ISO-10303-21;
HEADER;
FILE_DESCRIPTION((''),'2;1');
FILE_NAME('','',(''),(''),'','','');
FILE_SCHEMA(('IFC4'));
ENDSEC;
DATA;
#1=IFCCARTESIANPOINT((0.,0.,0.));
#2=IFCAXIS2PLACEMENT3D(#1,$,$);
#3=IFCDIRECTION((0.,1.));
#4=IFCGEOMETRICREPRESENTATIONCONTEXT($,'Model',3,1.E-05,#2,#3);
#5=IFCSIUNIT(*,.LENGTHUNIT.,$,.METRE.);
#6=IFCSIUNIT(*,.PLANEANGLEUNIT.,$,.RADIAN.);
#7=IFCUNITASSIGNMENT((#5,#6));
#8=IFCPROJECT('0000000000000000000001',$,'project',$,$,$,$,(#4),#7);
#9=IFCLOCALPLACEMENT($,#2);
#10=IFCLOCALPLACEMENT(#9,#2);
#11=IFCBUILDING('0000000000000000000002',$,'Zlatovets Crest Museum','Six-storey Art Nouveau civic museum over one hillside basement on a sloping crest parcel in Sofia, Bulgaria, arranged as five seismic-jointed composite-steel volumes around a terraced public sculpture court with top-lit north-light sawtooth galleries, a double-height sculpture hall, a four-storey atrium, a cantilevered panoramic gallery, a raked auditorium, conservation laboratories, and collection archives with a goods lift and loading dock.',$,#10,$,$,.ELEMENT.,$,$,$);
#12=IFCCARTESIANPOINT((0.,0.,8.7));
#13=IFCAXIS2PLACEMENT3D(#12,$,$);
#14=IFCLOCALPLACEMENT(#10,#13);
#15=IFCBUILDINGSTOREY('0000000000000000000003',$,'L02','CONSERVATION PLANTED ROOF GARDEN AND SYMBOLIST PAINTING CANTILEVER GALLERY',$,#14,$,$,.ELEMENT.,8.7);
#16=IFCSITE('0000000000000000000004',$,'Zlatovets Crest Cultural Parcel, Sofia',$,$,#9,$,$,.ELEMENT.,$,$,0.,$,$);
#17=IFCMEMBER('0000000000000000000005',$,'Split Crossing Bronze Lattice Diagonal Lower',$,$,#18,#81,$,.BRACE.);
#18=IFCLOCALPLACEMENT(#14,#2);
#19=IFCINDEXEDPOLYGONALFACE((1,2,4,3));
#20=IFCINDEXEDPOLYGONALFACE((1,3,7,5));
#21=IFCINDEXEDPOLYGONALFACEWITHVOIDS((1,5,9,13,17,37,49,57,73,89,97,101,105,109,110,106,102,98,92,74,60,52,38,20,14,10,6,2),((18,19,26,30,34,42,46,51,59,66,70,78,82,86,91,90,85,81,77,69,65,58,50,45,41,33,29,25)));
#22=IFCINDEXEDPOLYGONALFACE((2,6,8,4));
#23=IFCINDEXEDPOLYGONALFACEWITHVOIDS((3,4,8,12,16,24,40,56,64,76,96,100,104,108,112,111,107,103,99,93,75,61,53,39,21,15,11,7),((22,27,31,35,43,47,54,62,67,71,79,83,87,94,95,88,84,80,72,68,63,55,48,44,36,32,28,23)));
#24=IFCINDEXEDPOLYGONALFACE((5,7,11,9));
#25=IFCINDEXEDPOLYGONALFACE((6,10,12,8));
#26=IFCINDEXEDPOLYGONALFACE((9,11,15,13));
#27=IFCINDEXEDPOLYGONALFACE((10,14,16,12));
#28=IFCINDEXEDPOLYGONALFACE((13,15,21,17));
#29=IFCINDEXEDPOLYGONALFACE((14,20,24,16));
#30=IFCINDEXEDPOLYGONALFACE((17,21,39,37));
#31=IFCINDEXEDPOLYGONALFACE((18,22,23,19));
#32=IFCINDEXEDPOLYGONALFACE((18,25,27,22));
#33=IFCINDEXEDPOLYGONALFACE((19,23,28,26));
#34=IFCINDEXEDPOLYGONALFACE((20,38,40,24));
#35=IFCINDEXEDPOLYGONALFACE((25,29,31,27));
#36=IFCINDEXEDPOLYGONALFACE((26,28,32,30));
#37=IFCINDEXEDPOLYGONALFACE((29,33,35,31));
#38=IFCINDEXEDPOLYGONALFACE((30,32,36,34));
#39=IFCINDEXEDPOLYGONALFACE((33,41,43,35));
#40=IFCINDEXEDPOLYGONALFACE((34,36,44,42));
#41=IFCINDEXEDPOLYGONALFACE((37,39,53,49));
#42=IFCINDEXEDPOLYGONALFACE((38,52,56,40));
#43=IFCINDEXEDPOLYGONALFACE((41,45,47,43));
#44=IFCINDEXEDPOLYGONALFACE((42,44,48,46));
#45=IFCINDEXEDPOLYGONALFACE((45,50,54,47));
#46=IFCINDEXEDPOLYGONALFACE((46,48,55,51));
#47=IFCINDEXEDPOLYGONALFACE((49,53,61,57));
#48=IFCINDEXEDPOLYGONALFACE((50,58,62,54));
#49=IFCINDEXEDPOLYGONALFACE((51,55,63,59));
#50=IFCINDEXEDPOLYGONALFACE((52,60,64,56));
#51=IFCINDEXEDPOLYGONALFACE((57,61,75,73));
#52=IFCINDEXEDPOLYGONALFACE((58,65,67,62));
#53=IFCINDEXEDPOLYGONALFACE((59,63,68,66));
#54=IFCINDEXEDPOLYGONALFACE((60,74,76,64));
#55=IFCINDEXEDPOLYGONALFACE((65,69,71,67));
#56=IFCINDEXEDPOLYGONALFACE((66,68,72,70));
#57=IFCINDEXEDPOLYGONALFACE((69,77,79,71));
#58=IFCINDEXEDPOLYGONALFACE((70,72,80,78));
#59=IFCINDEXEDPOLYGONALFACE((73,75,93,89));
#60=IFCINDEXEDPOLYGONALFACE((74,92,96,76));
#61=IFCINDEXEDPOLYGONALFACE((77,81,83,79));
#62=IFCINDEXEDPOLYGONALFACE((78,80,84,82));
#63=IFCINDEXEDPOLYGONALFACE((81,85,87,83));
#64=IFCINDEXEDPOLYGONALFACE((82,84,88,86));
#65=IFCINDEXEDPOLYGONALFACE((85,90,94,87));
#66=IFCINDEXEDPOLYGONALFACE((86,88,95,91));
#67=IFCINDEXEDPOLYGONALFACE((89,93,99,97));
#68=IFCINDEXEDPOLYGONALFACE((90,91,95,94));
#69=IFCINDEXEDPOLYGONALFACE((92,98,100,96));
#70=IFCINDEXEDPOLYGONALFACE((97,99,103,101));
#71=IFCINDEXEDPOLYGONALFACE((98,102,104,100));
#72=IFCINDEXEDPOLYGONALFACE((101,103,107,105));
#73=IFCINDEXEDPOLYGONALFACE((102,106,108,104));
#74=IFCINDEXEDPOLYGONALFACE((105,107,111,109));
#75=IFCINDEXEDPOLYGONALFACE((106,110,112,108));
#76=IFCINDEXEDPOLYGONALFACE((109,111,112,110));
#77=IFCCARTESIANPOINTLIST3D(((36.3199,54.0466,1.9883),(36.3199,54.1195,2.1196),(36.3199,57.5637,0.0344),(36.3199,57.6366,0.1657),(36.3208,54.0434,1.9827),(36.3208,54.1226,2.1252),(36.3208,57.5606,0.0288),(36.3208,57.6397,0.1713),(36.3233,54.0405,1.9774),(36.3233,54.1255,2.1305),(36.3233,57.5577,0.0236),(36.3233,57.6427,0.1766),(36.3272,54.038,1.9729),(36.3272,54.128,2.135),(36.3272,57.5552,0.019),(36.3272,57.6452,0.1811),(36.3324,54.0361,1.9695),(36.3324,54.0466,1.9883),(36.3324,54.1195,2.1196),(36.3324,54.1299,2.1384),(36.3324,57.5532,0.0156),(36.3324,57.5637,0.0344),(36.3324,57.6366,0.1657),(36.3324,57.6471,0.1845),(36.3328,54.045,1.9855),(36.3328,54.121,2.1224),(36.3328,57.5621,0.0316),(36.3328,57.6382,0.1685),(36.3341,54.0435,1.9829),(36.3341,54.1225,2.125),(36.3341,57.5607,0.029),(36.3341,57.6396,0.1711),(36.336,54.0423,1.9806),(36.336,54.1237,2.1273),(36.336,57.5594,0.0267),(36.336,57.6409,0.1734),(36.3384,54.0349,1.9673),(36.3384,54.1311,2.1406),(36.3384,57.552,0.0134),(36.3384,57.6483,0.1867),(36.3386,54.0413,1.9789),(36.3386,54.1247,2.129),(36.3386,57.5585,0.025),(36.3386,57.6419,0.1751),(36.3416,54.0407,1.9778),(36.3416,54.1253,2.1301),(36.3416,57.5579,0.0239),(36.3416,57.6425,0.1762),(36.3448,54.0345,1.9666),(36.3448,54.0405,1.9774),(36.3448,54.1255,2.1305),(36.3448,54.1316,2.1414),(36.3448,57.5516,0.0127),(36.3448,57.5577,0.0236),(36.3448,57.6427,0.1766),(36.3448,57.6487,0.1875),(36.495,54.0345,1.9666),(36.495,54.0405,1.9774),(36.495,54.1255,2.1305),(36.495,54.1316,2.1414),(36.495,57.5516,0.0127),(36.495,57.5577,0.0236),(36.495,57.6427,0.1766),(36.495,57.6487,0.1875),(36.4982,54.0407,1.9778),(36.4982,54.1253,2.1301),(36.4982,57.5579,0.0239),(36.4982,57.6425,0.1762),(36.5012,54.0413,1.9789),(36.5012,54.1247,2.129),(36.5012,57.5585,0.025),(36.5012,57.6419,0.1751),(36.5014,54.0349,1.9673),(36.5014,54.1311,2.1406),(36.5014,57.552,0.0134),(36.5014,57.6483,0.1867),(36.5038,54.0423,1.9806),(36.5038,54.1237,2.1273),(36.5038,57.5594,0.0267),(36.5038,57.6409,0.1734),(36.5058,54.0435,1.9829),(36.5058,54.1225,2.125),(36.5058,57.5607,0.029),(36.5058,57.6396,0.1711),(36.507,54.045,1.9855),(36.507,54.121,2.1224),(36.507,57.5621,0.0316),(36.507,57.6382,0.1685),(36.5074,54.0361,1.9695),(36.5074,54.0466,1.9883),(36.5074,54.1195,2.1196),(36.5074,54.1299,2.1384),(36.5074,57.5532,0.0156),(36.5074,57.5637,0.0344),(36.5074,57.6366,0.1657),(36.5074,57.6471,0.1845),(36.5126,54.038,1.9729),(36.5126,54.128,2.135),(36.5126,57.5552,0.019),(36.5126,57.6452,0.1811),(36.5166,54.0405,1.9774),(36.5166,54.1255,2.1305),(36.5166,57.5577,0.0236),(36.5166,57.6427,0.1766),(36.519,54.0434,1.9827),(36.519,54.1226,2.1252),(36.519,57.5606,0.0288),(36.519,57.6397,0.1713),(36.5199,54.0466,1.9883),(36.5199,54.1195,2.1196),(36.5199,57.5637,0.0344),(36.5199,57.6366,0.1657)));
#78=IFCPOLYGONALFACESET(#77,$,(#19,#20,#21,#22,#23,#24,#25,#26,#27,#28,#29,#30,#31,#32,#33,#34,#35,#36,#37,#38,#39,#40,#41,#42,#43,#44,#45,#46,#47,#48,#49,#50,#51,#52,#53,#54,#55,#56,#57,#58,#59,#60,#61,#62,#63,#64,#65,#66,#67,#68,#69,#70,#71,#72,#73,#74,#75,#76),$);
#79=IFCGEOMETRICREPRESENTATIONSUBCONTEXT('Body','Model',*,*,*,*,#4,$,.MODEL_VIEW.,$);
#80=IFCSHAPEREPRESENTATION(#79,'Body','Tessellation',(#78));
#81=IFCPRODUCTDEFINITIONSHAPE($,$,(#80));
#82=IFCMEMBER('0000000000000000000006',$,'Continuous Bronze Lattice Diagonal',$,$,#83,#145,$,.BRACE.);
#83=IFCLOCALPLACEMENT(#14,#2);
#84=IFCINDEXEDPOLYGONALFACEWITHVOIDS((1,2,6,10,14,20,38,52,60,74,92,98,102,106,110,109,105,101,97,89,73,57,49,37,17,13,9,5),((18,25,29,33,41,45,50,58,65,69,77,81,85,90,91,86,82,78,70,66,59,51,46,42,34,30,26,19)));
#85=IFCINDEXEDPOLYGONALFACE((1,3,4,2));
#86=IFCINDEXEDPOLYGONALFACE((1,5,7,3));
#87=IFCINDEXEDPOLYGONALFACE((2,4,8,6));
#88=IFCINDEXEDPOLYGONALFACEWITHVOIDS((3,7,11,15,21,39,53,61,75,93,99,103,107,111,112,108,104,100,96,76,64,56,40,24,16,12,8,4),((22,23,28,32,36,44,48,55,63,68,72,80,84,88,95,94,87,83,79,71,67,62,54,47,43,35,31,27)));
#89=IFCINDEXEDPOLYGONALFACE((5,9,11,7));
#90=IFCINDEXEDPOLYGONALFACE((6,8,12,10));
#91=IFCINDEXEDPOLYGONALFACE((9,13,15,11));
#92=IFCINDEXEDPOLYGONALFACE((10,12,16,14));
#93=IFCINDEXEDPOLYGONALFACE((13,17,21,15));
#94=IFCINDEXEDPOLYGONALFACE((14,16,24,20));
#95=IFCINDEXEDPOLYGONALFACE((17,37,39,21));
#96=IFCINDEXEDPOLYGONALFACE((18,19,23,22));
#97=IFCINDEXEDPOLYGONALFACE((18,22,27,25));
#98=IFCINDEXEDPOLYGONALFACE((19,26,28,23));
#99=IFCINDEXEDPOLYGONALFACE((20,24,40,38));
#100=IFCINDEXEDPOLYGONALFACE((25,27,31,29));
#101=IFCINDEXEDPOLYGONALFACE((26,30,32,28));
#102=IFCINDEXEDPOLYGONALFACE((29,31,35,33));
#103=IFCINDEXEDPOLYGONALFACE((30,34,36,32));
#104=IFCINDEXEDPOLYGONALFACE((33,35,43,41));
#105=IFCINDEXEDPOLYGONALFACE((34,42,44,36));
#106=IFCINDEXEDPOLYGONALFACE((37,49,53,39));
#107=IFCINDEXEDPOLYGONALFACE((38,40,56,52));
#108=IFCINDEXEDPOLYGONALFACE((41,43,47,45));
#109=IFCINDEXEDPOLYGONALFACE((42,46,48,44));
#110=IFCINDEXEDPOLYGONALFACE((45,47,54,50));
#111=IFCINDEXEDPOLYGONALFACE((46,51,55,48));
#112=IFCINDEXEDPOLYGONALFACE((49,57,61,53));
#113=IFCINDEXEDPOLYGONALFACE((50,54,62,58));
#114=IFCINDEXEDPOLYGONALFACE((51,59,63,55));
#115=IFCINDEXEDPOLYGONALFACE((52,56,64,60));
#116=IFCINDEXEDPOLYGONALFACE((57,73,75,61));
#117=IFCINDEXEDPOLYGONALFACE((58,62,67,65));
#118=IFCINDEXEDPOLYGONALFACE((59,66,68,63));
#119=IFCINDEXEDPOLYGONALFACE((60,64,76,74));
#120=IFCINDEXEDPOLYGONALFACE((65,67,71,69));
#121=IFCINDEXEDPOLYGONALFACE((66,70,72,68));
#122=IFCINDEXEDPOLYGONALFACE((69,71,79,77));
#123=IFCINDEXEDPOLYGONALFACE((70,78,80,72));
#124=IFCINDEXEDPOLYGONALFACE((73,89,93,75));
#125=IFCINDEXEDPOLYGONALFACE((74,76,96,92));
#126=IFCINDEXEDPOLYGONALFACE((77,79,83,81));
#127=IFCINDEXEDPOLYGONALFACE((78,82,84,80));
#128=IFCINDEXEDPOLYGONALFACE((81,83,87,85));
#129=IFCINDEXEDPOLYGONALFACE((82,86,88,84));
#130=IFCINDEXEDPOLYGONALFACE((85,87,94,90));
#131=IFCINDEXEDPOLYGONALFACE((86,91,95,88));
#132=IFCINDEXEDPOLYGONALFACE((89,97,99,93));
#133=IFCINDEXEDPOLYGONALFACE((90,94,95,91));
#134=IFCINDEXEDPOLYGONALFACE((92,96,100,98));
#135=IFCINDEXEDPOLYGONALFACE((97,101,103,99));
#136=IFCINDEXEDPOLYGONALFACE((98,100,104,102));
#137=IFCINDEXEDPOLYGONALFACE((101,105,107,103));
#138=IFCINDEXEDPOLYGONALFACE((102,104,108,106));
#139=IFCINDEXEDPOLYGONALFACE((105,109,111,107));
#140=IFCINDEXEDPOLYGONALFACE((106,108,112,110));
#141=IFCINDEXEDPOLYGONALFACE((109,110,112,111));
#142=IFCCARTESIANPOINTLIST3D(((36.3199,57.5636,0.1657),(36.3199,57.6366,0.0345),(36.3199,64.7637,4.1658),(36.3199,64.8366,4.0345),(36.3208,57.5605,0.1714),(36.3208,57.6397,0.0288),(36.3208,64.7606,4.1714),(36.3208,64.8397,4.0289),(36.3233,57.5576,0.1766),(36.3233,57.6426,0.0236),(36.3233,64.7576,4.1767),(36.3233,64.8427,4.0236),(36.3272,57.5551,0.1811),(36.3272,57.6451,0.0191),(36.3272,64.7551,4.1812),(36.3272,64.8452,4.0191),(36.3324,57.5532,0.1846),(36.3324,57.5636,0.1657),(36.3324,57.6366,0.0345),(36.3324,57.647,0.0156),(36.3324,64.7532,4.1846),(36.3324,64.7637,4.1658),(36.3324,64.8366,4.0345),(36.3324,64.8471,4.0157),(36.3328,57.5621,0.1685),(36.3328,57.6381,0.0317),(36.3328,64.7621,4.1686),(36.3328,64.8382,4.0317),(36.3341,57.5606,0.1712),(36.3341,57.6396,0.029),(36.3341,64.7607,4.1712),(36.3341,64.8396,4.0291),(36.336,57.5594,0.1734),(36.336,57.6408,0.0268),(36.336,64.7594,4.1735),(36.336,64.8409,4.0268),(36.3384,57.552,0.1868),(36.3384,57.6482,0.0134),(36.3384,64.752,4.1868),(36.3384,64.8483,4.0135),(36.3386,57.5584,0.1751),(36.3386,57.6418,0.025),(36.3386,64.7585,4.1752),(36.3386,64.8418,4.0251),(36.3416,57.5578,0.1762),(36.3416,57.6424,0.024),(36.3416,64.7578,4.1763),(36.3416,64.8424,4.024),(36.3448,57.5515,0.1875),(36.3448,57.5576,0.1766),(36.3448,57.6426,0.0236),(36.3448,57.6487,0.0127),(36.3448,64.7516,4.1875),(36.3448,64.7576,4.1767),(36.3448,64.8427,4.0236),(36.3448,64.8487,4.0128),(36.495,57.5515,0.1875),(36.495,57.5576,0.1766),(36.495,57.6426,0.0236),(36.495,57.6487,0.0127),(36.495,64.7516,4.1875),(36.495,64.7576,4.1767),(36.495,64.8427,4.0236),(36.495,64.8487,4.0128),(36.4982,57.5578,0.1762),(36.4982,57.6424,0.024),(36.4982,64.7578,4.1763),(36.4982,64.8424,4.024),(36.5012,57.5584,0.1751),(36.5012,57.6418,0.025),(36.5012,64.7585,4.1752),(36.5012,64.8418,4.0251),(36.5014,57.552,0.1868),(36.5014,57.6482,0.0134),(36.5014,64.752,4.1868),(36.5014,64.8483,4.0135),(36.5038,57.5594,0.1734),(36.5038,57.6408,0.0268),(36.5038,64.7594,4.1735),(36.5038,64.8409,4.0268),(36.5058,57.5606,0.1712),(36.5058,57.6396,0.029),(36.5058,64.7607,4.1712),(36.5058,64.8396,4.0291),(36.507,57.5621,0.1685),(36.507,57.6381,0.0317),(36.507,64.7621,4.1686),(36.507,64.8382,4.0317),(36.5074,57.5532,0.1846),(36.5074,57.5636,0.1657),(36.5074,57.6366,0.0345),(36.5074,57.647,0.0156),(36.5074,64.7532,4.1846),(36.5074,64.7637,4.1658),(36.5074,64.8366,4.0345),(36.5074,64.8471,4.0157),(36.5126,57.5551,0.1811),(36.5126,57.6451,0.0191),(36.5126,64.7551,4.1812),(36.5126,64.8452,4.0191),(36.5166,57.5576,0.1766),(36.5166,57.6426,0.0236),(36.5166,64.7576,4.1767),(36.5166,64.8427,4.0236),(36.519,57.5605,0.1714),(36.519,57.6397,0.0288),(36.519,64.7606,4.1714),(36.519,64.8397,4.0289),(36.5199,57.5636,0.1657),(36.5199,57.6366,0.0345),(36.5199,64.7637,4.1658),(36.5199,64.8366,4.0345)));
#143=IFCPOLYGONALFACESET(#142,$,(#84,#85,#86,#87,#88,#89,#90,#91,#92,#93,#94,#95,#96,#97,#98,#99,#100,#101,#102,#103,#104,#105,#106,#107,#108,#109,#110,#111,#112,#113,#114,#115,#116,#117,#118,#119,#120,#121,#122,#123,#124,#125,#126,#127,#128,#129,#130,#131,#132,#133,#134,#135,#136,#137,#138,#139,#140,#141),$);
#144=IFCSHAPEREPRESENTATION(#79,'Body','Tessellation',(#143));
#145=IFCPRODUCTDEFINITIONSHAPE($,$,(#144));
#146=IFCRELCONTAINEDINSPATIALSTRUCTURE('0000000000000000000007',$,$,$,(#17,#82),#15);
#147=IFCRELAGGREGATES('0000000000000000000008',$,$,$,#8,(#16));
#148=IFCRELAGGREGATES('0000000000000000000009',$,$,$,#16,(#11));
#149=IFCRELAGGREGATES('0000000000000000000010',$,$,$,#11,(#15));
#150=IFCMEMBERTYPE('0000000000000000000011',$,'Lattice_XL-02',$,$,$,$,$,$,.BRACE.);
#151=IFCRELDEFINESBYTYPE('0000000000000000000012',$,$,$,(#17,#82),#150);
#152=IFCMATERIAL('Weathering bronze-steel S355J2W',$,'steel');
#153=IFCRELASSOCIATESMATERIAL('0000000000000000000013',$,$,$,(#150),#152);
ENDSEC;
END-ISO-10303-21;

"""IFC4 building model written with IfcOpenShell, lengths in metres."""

from ifc_helpers import new_model, si_unit, direction, frame, origin, origin_2d, place, context, subcontext, project, spatial, hollow_rectangle, extrude, material, material_profile, profile_set, type_object, element, save


model = new_model("IFC4")

# Units and contexts
model_context = context("Model", 3, precision=1e-05, world=origin(), true_north=direction((0.0, 1.0)))
body_context = subcontext(model_context, "Body", "Model", "MODEL_VIEW")
ifc_project = project(units=[si_unit("LENGTHUNIT", "METRE"), si_unit("PLANEANGLEUNIT", "RADIAN")], contexts=[model_context])

# Site, building, storey
site_placement = place(None, origin())
site = spatial("IfcSite", under=ifc_project, at=site_placement, Name="Zlatovets Crest Cultural Parcel, Sofia", CompositionType="ELEMENT", RefElevation=0.0)
building_placement = place(site_placement, origin())
building = spatial("IfcBuilding", under=site, at=building_placement, Name="Zlatovets Crest Museum", Description="Six-storey Art Nouveau civic museum over one hillside basement on a sloping crest parcel in Sofia, Bulgaria, arranged as five seismic-jointed composite-steel volumes around a terraced public sculpture court with top-lit north-light sawtooth galleries, a double-height sculpture hall, a four-storey atrium, a cantilevered panoramic gallery, a raked auditorium, conservation laboratories, and collection archives with a goods lift and loading dock.", CompositionType="ELEMENT")
storey_placement = place(building_placement, frame((0.0, 0.0, 8.7)))
storey = spatial("IfcBuildingStorey", under=building, at=storey_placement, Name="L02", Description="CONSERVATION PLANTED ROOF GARDEN AND SYMBOLIST PAINTING CANTILEVER GALLERY", CompositionType="ELEMENT", Elevation=8.7)

# Members
ifc_material_1 = material(Name="Weathering bronze-steel S355J2W", Category="steel")
ifc_material_profile_1 = material_profile(ifc_material_1, hollow_rectangle(XDim=0.2, YDim=0.2, WallThickness=0.0125, InnerFilletRadius=0.0125, OuterFilletRadius=0.0249, at=origin_2d()), Name="SHS 200x200x12.5")
ifc_profile_set_1 = profile_set([ifc_material_profile_1], Name="Weathering bronze-steel S355J2W")
member_type_1 = type_object("IfcMemberType", Name="Lattice_XL-02", PredefinedType="BRACE", material=ifc_profile_set_1)
for number, where, z_axis, x_axis, name in (
    (1, (36.4199, 54.083, 2.054), (0.0, 0.874166, -0.485627), (-1.0, 0.0, 0.0), "Split Crossing Bronze Lattice Diagonal Lower"),
):
    element("IfcMember", number, at=place(storey_placement, frame(where, z_axis=z_axis, x_axis=x_axis)), inside=storey, type_object=member_type_1, Name=name, PredefinedType="BRACE", context=body_context, shape_type="SweptSolid", body=[
        extrude(hollow_rectangle(XDim=0.2, YDim=0.2, WallThickness=0.0125, InnerFilletRadius=0.0125, OuterFilletRadius=0.0249, at=origin_2d()), origin(), (0.0, 0.0, 1.0), 4.0234),
    ])
member_1_placement = place(storey_placement, frame((36.4199, 57.6001, 0.1001), z_axis=(0.0, 0.874156, 0.485645), x_axis=(-1.0, 0.0, 0.0)))
element("IfcMember", 2, at=member_1_placement, inside=storey, type_object=member_type_1, Name="Continuous Bronze Lattice Diagonal", PredefinedType="BRACE", context=body_context, shape_type="SweptSolid", body=[
    extrude(hollow_rectangle(XDim=0.2, YDim=0.2, WallThickness=0.0125, InnerFilletRadius=0.0125, OuterFilletRadius=0.0249, at=origin_2d()), origin(), (0.0, 0.0, 1.0), 8.2366),
])

save(model, "model.ifc")
